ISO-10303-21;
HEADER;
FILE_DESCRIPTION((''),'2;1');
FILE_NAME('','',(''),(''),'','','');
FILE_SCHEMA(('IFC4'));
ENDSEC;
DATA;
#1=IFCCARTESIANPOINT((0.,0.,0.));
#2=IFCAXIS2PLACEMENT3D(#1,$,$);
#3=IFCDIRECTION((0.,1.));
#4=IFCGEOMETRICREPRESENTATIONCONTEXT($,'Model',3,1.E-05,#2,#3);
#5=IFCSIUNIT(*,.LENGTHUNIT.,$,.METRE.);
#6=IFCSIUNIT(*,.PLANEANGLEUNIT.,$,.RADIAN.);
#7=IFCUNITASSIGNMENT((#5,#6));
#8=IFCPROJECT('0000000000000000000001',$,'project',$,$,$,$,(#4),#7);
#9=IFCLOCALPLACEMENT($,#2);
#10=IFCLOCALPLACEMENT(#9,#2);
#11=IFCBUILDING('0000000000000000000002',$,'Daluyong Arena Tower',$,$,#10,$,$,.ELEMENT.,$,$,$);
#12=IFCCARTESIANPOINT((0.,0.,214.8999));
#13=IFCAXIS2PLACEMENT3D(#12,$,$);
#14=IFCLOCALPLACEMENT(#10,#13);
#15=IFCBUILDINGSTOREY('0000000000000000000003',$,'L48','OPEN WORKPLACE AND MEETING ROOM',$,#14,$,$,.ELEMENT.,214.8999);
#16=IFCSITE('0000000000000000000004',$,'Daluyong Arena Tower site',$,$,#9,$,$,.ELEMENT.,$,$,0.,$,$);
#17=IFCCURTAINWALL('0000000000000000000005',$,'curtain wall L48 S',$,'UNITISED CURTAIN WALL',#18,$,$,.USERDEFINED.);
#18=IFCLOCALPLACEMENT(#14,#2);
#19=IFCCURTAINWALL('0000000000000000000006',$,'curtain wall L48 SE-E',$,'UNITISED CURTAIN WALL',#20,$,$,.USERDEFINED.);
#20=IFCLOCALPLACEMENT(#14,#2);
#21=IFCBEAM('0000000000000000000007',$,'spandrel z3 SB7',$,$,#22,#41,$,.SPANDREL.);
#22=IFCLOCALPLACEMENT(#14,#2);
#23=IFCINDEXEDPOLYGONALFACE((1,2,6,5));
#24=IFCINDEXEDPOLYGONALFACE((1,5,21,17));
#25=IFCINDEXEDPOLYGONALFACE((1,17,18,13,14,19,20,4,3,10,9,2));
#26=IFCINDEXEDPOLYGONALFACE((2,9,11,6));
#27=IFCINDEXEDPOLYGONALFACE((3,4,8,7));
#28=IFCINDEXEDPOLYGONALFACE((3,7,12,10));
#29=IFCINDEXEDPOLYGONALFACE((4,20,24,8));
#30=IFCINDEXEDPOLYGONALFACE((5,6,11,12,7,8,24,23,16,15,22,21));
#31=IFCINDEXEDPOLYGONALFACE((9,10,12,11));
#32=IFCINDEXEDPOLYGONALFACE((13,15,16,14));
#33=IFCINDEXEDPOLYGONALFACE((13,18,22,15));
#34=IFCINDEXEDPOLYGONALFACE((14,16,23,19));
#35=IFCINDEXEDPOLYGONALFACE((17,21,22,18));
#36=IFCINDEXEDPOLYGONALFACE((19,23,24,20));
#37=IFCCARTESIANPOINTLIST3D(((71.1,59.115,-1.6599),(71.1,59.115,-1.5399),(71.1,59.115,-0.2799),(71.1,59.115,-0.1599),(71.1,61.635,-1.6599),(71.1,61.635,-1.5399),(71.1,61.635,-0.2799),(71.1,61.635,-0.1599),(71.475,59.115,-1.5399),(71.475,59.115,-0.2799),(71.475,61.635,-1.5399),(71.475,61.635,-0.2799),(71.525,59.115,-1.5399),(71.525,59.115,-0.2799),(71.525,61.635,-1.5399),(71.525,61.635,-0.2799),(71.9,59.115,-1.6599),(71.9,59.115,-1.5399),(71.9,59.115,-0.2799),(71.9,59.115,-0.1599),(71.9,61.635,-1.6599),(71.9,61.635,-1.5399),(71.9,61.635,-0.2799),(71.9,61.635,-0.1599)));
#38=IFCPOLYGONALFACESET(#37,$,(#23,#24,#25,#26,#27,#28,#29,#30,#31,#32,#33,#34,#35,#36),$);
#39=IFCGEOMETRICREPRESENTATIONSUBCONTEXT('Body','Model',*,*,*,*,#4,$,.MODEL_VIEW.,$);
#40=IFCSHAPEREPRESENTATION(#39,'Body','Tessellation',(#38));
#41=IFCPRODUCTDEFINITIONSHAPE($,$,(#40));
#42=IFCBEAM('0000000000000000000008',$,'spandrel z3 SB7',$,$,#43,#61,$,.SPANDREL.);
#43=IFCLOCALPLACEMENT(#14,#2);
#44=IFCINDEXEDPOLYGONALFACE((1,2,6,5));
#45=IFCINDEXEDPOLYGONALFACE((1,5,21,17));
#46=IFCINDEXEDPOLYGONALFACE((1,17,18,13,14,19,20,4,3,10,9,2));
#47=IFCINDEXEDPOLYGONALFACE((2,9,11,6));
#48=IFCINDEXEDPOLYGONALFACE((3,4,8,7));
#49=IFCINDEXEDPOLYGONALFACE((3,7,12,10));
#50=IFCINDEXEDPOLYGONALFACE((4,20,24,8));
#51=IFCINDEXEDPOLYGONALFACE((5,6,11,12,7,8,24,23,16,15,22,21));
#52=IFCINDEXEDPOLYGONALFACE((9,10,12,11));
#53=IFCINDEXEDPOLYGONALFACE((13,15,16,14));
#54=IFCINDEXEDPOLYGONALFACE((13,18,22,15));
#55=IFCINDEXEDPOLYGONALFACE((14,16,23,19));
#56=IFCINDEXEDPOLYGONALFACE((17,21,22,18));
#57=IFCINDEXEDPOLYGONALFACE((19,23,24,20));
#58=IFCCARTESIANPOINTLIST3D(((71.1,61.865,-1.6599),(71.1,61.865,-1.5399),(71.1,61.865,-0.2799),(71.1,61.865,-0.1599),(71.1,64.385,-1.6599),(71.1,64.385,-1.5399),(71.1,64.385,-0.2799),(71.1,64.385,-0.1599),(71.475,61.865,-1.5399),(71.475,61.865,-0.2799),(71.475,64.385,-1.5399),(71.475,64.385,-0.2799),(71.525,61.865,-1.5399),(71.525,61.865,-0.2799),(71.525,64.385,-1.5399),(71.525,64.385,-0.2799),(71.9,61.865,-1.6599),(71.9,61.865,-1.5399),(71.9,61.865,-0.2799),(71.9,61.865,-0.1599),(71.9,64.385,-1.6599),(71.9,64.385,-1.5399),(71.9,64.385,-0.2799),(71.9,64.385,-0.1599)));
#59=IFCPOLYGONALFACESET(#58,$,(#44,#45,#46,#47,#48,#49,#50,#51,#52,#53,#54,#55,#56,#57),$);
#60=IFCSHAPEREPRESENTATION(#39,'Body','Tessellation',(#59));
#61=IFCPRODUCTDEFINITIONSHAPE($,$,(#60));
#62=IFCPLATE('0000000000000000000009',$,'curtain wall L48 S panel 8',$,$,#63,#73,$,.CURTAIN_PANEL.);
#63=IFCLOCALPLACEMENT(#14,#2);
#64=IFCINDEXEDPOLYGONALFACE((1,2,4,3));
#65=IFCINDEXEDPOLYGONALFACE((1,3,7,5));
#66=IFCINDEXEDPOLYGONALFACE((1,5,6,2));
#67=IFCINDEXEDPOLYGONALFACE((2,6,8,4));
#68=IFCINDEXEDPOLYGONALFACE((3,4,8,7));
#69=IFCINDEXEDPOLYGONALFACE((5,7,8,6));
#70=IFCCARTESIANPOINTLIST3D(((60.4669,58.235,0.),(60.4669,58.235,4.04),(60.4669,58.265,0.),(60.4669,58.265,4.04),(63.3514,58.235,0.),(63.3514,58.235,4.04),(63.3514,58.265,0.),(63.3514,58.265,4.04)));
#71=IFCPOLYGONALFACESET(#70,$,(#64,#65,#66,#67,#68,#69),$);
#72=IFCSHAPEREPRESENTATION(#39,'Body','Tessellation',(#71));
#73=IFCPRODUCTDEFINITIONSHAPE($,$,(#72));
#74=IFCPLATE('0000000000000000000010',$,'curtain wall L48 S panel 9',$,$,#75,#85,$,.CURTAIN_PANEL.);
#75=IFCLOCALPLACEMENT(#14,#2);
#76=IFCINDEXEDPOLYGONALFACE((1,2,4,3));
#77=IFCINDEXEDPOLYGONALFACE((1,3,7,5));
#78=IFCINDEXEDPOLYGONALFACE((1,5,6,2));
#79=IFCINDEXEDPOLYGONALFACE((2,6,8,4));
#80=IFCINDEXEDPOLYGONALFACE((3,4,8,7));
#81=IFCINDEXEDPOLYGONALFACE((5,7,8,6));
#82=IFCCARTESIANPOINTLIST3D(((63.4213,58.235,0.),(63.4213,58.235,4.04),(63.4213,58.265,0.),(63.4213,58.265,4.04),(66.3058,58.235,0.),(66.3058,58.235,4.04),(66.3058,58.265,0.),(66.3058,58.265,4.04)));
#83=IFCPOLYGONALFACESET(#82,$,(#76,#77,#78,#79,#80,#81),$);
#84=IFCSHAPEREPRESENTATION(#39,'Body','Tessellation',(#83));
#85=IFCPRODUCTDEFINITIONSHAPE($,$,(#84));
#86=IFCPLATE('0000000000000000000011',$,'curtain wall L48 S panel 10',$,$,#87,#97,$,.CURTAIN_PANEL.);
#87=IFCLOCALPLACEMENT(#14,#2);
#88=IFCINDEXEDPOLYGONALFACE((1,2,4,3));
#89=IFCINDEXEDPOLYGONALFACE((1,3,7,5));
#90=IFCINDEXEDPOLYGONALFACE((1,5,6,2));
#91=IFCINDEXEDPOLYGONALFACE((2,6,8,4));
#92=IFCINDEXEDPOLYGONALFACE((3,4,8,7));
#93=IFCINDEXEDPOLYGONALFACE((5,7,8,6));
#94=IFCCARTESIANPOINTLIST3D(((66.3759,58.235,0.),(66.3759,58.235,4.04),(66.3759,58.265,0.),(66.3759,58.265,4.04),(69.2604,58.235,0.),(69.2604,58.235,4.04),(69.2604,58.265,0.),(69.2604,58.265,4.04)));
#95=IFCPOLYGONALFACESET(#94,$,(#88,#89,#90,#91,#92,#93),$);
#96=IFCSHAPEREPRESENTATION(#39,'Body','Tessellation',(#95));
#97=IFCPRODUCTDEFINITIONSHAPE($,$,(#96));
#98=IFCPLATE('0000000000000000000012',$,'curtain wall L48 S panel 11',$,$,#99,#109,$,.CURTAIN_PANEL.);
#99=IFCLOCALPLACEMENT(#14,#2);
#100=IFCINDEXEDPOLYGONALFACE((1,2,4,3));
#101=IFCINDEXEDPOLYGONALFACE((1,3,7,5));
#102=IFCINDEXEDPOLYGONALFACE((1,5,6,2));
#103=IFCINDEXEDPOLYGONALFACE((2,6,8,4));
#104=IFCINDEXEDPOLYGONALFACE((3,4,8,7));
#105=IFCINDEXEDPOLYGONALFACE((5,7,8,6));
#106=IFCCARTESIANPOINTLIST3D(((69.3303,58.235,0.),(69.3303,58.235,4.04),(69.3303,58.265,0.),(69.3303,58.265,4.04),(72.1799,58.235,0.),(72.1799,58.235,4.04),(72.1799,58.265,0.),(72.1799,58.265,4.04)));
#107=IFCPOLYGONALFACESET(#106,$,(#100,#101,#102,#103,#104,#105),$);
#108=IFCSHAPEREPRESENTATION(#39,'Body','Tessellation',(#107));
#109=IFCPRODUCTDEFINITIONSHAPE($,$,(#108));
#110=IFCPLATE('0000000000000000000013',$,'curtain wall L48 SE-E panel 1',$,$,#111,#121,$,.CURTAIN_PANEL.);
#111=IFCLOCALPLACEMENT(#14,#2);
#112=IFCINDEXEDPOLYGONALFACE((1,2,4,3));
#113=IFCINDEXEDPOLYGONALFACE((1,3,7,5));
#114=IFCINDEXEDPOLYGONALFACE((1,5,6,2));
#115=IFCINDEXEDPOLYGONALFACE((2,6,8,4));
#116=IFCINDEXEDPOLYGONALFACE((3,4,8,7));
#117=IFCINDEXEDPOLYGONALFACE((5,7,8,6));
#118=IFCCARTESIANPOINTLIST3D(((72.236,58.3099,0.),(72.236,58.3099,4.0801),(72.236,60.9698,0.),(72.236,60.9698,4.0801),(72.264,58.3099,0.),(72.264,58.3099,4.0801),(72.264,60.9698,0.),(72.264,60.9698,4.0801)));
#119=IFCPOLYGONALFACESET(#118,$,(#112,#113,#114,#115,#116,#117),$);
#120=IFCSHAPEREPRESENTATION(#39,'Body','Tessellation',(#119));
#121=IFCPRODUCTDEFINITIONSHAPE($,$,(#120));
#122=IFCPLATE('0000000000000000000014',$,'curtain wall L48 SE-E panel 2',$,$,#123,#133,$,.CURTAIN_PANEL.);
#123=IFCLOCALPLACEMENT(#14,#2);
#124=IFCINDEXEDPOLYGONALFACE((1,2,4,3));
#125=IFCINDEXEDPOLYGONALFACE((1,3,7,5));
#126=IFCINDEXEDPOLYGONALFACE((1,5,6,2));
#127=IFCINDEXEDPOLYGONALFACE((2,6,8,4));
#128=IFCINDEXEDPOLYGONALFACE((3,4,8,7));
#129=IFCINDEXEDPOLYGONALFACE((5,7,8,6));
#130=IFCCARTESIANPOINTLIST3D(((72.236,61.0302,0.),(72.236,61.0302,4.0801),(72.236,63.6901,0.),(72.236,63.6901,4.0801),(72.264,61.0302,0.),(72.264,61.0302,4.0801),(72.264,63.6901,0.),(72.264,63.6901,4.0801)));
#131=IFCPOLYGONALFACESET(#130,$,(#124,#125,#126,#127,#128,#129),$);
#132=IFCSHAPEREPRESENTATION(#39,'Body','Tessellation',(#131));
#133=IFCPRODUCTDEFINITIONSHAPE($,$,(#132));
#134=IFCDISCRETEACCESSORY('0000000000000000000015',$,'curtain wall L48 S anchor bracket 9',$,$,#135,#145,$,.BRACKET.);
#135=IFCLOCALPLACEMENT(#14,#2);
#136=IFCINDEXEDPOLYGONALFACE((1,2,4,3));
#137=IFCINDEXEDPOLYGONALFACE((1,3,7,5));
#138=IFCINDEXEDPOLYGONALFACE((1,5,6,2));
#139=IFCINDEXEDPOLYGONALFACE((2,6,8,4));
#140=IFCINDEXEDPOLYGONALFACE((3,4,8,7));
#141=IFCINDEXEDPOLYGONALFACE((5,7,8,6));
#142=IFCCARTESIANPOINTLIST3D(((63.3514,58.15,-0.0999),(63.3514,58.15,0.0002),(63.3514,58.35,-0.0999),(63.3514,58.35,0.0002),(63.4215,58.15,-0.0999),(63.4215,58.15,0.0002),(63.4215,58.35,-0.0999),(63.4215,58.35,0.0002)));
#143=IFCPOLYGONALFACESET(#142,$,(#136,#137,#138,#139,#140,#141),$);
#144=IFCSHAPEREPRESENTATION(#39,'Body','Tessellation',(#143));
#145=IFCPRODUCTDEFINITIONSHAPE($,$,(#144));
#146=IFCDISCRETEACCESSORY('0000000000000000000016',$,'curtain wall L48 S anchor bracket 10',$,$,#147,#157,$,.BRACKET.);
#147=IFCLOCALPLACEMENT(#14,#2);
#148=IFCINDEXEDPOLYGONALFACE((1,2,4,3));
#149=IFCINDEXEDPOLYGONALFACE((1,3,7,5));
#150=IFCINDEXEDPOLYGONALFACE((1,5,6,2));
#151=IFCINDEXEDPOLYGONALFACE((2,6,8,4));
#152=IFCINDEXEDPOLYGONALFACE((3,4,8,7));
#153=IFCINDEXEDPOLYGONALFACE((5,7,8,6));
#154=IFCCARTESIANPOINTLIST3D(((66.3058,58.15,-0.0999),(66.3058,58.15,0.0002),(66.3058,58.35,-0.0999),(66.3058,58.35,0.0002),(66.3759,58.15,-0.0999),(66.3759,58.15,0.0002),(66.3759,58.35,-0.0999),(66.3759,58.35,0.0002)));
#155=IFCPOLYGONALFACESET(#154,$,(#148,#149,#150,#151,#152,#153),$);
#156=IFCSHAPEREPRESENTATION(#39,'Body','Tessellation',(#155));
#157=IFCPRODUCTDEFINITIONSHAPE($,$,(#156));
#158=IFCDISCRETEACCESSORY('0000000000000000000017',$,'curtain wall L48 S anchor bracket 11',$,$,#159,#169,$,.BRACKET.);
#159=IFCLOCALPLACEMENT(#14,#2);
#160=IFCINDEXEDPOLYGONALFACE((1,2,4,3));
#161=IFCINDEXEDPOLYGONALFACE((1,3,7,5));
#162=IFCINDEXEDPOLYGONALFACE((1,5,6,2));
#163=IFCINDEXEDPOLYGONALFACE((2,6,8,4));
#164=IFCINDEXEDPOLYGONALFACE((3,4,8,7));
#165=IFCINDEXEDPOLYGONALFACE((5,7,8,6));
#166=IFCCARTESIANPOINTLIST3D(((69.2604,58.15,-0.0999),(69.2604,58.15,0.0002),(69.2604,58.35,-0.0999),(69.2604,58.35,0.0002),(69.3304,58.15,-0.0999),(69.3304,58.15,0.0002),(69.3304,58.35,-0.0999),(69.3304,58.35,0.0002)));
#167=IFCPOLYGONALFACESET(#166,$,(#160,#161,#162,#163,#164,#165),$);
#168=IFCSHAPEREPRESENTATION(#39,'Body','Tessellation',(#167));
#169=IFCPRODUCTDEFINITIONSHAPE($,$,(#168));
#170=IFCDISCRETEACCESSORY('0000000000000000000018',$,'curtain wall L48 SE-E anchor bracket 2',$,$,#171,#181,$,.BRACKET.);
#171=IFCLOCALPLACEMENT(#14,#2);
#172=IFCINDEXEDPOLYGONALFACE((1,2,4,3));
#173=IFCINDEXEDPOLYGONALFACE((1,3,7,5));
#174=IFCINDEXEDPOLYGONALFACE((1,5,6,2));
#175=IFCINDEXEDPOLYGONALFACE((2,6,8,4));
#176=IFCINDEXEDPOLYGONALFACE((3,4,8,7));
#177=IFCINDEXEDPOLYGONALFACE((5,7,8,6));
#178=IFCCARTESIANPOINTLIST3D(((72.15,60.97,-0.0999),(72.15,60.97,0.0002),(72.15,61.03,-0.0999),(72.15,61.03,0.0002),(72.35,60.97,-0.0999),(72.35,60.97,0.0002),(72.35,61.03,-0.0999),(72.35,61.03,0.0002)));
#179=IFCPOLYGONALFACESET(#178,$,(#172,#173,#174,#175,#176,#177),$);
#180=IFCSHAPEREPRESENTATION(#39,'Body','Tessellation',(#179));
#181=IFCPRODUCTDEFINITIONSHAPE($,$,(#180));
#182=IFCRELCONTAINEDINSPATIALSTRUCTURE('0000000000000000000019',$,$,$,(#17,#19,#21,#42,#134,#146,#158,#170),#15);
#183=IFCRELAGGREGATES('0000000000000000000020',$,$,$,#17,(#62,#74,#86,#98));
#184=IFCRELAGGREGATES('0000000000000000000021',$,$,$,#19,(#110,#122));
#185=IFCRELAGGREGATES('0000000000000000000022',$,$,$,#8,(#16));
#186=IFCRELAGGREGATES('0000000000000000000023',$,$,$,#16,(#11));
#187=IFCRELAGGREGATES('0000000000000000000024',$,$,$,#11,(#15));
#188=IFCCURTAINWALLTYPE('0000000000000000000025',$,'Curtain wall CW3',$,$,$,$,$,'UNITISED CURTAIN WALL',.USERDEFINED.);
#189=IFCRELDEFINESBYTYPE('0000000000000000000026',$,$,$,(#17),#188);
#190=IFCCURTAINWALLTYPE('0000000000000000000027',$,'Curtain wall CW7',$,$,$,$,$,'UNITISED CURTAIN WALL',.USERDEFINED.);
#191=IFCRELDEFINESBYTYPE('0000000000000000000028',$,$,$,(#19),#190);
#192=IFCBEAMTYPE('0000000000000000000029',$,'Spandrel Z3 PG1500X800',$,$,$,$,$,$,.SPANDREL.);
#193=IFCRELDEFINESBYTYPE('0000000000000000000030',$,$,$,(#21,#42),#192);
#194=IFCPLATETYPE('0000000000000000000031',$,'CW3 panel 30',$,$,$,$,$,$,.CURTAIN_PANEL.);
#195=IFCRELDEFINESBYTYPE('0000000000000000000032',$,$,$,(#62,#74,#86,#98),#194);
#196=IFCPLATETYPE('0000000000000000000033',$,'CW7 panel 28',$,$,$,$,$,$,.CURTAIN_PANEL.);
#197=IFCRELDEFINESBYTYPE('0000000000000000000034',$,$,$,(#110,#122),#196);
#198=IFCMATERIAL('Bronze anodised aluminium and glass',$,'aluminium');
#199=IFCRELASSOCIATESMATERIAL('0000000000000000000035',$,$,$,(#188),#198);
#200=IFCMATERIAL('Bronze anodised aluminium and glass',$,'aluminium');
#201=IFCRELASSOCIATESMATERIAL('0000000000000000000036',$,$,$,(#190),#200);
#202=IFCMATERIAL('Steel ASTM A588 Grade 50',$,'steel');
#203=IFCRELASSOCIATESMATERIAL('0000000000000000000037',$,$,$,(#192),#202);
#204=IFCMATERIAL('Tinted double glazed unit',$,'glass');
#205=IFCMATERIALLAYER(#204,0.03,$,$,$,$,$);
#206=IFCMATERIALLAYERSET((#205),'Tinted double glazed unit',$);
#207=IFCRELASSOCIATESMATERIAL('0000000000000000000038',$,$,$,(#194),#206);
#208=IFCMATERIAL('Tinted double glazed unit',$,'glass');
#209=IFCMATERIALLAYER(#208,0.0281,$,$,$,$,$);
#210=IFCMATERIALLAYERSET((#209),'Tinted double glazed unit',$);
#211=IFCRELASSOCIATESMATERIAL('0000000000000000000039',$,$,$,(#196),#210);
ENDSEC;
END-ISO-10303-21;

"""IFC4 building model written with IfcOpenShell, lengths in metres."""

from ifc_helpers import new_model, si_unit, direction, frame, origin, origin_2d, place, context, subcontext, project, spatial, rectangle, i_section, extrude, material, layer, layer_set, material_profile, profile_set, type_object, element, aggregate, save


model = new_model("IFC4")

# Units and contexts
model_context = context("Model", 3, precision=1e-05, world=origin(), true_north=direction((0.0, 1.0)))
body_context = subcontext(model_context, "Body", "Model", "MODEL_VIEW")
ifc_project = project(units=[si_unit("LENGTHUNIT", "METRE"), si_unit("PLANEANGLEUNIT", "RADIAN")], contexts=[model_context])

# Site, building, storey
site_placement = place(None, origin())
site = spatial("IfcSite", under=ifc_project, at=site_placement, Name="Daluyong Arena Tower site", CompositionType="ELEMENT", RefElevation=0.0)
building_placement = place(site_placement, origin())
building = spatial("IfcBuilding", under=site, at=building_placement, Name="Daluyong Arena Tower", CompositionType="ELEMENT")
storey_placement = place(building_placement, frame((0.0, 0.0, 214.8999)))
storey = spatial("IfcBuildingStorey", under=building, at=storey_placement, Name="L48", Description="OPEN WORKPLACE AND MEETING ROOM", CompositionType="ELEMENT", Elevation=214.8999)

# Curtain walls
ifc_material_1 = material(Name="Bronze anodised aluminium and glass", Category="aluminium")
curtain_wall_type_1 = type_object("IfcCurtainWallType", Name="Curtain wall CW3", ElementType="UNITISED CURTAIN WALL", PredefinedType="USERDEFINED", material=ifc_material_1)
curtain_wall_1_placement = place(storey_placement, origin())
curtain_wall_1 = element("IfcCurtainWall", 1, at=curtain_wall_1_placement, inside=storey, type_object=curtain_wall_type_1, Name="curtain wall L48 S", ObjectType="UNITISED CURTAIN WALL", PredefinedType="USERDEFINED")
ifc_material_2 = material(Name="Bronze anodised aluminium and glass", Category="aluminium")
curtain_wall_type_2 = type_object("IfcCurtainWallType", Name="Curtain wall CW7", ElementType="UNITISED CURTAIN WALL", PredefinedType="USERDEFINED", material=ifc_material_2)
curtain_wall_2_placement = place(storey_placement, origin())
curtain_wall_2 = element("IfcCurtainWall", 2, at=curtain_wall_2_placement, inside=storey, type_object=curtain_wall_type_2, Name="curtain wall L48 SE-E", ObjectType="UNITISED CURTAIN WALL", PredefinedType="USERDEFINED")

# Beams
ifc_material_3 = material(Name="Steel ASTM A588 Grade 50", Category="steel")
ifc_material_profile_1 = material_profile(ifc_material_3, i_section(OverallWidth=0.8, OverallDepth=1.5, WebThickness=0.05, FlangeThickness=0.12, at=origin_2d()))
ifc_profile_set_1 = profile_set([ifc_material_profile_1], Name="Steel ASTM A588 Grade 50")
beam_type_1 = type_object("IfcBeamType", Name="Spandrel Z3 PG1500X800", PredefinedType="SPANDREL", material=ifc_profile_set_1)
for number, where, z_axis, x_axis, name in (
    (3, (71.5, 59.115, -0.9099), (0.0, 1.0, 0.0), (-1.0, 0.0, 0.0), "spandrel z3 SB7"),
    (4, (71.5, 61.865, -0.9099), (0.0, 1.0, 0.0), (-1.0, 0.0, 0.0), "spandrel z3 SB7"),
):
    element("IfcBeam", number, at=place(storey_placement, frame(where, z_axis=z_axis, x_axis=x_axis)), inside=storey, type_object=beam_type_1, Name=name, PredefinedType="SPANDREL", context=body_context, shape_type="SweptSolid", body=[
        extrude(i_section(OverallWidth=0.8, OverallDepth=1.5, WebThickness=0.05, FlangeThickness=0.12, at=origin_2d()), origin(), (0.0, 0.0, 1.0), 2.52),
    ])

# Plates
ifc_material_4 = material(Name="Tinted double glazed unit", Category="glass")
ifc_layer_1 = layer(ifc_material_4, 0.03)
ifc_layer_set_1 = layer_set([ifc_layer_1], Name="Tinted double glazed unit")
plate_type_1 = type_object("IfcPlateType", Name="CW3 panel 30", PredefinedType="CURTAIN_PANEL", material=ifc_layer_set_1)
plate_1_placement = place(storey_placement, frame((61.9092, 58.25, 0.0), z_axis=(0.0, 0.0, 1.0), x_axis=(1.0, 0.0, 0.0)))
plate_1 = element("IfcPlate", 5, at=plate_1_placement, type_object=plate_type_1, Name="curtain wall L48 S panel 8", PredefinedType="CURTAIN_PANEL", context=body_context, shape_type="SweptSolid", body=[
    extrude(rectangle(XDim=2.8845, YDim=0.03, at=origin_2d()), origin(), (0.0, 0.0, 1.0), 4.04),
])
plate_2_placement = place(storey_placement, frame((64.8635, 58.25, 0.0), z_axis=(0.0, 0.0, 1.0), x_axis=(1.0, 0.0, 0.0)))
plate_2 = element("IfcPlate", 6, at=plate_2_placement, type_object=plate_type_1, Name="curtain wall L48 S panel 9", PredefinedType="CURTAIN_PANEL", context=body_context, shape_type="SweptSolid", body=[
    extrude(rectangle(XDim=2.8845, YDim=0.03, at=origin_2d()), origin(), (0.0, 0.0, 1.0), 4.04),
])
plate_3_placement = place(storey_placement, frame((67.8181, 58.25, 0.0), z_axis=(0.0, 0.0, 1.0), x_axis=(1.0, 0.0, 0.0)))
plate_3 = element("IfcPlate", 7, at=plate_3_placement, type_object=plate_type_1, Name="curtain wall L48 S panel 10", PredefinedType="CURTAIN_PANEL", context=body_context, shape_type="SweptSolid", body=[
    extrude(rectangle(XDim=2.8845, YDim=0.03, at=origin_2d()), origin(), (0.0, 0.0, 1.0), 4.04),
])
plate_4_placement = place(storey_placement, frame((70.7551, 58.25, 0.0), z_axis=(0.0, 0.0, 1.0), x_axis=(1.0, 0.0, 0.0)))
plate_4 = element("IfcPlate", 8, at=plate_4_placement, type_object=plate_type_1, Name="curtain wall L48 S panel 11", PredefinedType="CURTAIN_PANEL", context=body_context, shape_type="SweptSolid", body=[
    extrude(rectangle(XDim=2.8496, YDim=0.03, at=origin_2d()), origin(), (0.0, 0.0, 1.0), 4.04),
])
aggregate(curtain_wall_1, [plate_1, plate_2, plate_3, plate_4])
ifc_material_5 = material(Name="Tinted double glazed unit", Category="glass")
ifc_layer_2 = layer(ifc_material_5, 0.0281)
ifc_layer_set_2 = layer_set([ifc_layer_2], Name="Tinted double glazed unit")
plate_type_2 = type_object("IfcPlateType", Name="CW7 panel 28", PredefinedType="CURTAIN_PANEL", material=ifc_layer_set_2)
plate_5_placement = place(storey_placement, frame((72.25, 59.6399, 0.0), z_axis=(0.0, 0.0, 1.0), x_axis=(0.0, 1.0, 0.0)))
plate_5 = element("IfcPlate", 9, at=plate_5_placement, type_object=plate_type_2, Name="curtain wall L48 SE-E panel 1", PredefinedType="CURTAIN_PANEL", context=body_context, shape_type="SweptSolid", body=[
    extrude(rectangle(XDim=2.6599, YDim=0.0281, at=origin_2d()), origin(), (0.0, 0.0, 1.0), 4.0801),
])
plate_6_placement = place(storey_placement, frame((72.25, 62.3601, 0.0), z_axis=(0.0, 0.0, 1.0), x_axis=(0.0, 1.0, 0.0)))
plate_6 = element("IfcPlate", 10, at=plate_6_placement, type_object=plate_type_2, Name="curtain wall L48 SE-E panel 2", PredefinedType="CURTAIN_PANEL", context=body_context, shape_type="SweptSolid", body=[
    extrude(rectangle(XDim=2.6599, YDim=0.0281, at=origin_2d()), origin(), (0.0, 0.0, 1.0), 4.0801),
])
aggregate(curtain_wall_2, [plate_5, plate_6])

# Discrete accessories
for number, where, z_axis, x_axis, name in (
    (11, (63.3865, 58.25, -0.0999), (0.0, 0.0, 1.0), (1.0, 0.0, 0.0), "curtain wall L48 S anchor bracket 9"),
    (12, (66.3408, 58.25, -0.0999), (0.0, 0.0, 1.0), (1.0, 0.0, 0.0), "curtain wall L48 S anchor bracket 10"),
    (13, (69.2954, 58.25, -0.0999), (0.0, 0.0, 1.0), (1.0, 0.0, 0.0), "curtain wall L48 S anchor bracket 11"),
):
    element("IfcDiscreteAccessory", number, at=place(storey_placement, frame(where, z_axis=z_axis, x_axis=x_axis)), inside=storey, Name=name, PredefinedType="BRACKET", context=body_context, shape_type="SweptSolid", body=[
        extrude(rectangle(XDim=0.0701, YDim=0.2, at=origin_2d()), origin(), (0.0, 0.0, 1.0), 0.1001),
    ])
discrete_accessory_placement = place(storey_placement, frame((72.25, 61.0, -0.0999), z_axis=(0.0, 0.0, 1.0), x_axis=(0.0, 1.0, 0.0)))
element("IfcDiscreteAccessory", 14, at=discrete_accessory_placement, inside=storey, Name="curtain wall L48 SE-E anchor bracket 2", PredefinedType="BRACKET", context=body_context, shape_type="SweptSolid", body=[
    extrude(rectangle(XDim=0.0601, YDim=0.2, at=origin_2d()), origin(), (0.0, 0.0, 1.0), 0.1001),
])

save(model, "model.ifc")
